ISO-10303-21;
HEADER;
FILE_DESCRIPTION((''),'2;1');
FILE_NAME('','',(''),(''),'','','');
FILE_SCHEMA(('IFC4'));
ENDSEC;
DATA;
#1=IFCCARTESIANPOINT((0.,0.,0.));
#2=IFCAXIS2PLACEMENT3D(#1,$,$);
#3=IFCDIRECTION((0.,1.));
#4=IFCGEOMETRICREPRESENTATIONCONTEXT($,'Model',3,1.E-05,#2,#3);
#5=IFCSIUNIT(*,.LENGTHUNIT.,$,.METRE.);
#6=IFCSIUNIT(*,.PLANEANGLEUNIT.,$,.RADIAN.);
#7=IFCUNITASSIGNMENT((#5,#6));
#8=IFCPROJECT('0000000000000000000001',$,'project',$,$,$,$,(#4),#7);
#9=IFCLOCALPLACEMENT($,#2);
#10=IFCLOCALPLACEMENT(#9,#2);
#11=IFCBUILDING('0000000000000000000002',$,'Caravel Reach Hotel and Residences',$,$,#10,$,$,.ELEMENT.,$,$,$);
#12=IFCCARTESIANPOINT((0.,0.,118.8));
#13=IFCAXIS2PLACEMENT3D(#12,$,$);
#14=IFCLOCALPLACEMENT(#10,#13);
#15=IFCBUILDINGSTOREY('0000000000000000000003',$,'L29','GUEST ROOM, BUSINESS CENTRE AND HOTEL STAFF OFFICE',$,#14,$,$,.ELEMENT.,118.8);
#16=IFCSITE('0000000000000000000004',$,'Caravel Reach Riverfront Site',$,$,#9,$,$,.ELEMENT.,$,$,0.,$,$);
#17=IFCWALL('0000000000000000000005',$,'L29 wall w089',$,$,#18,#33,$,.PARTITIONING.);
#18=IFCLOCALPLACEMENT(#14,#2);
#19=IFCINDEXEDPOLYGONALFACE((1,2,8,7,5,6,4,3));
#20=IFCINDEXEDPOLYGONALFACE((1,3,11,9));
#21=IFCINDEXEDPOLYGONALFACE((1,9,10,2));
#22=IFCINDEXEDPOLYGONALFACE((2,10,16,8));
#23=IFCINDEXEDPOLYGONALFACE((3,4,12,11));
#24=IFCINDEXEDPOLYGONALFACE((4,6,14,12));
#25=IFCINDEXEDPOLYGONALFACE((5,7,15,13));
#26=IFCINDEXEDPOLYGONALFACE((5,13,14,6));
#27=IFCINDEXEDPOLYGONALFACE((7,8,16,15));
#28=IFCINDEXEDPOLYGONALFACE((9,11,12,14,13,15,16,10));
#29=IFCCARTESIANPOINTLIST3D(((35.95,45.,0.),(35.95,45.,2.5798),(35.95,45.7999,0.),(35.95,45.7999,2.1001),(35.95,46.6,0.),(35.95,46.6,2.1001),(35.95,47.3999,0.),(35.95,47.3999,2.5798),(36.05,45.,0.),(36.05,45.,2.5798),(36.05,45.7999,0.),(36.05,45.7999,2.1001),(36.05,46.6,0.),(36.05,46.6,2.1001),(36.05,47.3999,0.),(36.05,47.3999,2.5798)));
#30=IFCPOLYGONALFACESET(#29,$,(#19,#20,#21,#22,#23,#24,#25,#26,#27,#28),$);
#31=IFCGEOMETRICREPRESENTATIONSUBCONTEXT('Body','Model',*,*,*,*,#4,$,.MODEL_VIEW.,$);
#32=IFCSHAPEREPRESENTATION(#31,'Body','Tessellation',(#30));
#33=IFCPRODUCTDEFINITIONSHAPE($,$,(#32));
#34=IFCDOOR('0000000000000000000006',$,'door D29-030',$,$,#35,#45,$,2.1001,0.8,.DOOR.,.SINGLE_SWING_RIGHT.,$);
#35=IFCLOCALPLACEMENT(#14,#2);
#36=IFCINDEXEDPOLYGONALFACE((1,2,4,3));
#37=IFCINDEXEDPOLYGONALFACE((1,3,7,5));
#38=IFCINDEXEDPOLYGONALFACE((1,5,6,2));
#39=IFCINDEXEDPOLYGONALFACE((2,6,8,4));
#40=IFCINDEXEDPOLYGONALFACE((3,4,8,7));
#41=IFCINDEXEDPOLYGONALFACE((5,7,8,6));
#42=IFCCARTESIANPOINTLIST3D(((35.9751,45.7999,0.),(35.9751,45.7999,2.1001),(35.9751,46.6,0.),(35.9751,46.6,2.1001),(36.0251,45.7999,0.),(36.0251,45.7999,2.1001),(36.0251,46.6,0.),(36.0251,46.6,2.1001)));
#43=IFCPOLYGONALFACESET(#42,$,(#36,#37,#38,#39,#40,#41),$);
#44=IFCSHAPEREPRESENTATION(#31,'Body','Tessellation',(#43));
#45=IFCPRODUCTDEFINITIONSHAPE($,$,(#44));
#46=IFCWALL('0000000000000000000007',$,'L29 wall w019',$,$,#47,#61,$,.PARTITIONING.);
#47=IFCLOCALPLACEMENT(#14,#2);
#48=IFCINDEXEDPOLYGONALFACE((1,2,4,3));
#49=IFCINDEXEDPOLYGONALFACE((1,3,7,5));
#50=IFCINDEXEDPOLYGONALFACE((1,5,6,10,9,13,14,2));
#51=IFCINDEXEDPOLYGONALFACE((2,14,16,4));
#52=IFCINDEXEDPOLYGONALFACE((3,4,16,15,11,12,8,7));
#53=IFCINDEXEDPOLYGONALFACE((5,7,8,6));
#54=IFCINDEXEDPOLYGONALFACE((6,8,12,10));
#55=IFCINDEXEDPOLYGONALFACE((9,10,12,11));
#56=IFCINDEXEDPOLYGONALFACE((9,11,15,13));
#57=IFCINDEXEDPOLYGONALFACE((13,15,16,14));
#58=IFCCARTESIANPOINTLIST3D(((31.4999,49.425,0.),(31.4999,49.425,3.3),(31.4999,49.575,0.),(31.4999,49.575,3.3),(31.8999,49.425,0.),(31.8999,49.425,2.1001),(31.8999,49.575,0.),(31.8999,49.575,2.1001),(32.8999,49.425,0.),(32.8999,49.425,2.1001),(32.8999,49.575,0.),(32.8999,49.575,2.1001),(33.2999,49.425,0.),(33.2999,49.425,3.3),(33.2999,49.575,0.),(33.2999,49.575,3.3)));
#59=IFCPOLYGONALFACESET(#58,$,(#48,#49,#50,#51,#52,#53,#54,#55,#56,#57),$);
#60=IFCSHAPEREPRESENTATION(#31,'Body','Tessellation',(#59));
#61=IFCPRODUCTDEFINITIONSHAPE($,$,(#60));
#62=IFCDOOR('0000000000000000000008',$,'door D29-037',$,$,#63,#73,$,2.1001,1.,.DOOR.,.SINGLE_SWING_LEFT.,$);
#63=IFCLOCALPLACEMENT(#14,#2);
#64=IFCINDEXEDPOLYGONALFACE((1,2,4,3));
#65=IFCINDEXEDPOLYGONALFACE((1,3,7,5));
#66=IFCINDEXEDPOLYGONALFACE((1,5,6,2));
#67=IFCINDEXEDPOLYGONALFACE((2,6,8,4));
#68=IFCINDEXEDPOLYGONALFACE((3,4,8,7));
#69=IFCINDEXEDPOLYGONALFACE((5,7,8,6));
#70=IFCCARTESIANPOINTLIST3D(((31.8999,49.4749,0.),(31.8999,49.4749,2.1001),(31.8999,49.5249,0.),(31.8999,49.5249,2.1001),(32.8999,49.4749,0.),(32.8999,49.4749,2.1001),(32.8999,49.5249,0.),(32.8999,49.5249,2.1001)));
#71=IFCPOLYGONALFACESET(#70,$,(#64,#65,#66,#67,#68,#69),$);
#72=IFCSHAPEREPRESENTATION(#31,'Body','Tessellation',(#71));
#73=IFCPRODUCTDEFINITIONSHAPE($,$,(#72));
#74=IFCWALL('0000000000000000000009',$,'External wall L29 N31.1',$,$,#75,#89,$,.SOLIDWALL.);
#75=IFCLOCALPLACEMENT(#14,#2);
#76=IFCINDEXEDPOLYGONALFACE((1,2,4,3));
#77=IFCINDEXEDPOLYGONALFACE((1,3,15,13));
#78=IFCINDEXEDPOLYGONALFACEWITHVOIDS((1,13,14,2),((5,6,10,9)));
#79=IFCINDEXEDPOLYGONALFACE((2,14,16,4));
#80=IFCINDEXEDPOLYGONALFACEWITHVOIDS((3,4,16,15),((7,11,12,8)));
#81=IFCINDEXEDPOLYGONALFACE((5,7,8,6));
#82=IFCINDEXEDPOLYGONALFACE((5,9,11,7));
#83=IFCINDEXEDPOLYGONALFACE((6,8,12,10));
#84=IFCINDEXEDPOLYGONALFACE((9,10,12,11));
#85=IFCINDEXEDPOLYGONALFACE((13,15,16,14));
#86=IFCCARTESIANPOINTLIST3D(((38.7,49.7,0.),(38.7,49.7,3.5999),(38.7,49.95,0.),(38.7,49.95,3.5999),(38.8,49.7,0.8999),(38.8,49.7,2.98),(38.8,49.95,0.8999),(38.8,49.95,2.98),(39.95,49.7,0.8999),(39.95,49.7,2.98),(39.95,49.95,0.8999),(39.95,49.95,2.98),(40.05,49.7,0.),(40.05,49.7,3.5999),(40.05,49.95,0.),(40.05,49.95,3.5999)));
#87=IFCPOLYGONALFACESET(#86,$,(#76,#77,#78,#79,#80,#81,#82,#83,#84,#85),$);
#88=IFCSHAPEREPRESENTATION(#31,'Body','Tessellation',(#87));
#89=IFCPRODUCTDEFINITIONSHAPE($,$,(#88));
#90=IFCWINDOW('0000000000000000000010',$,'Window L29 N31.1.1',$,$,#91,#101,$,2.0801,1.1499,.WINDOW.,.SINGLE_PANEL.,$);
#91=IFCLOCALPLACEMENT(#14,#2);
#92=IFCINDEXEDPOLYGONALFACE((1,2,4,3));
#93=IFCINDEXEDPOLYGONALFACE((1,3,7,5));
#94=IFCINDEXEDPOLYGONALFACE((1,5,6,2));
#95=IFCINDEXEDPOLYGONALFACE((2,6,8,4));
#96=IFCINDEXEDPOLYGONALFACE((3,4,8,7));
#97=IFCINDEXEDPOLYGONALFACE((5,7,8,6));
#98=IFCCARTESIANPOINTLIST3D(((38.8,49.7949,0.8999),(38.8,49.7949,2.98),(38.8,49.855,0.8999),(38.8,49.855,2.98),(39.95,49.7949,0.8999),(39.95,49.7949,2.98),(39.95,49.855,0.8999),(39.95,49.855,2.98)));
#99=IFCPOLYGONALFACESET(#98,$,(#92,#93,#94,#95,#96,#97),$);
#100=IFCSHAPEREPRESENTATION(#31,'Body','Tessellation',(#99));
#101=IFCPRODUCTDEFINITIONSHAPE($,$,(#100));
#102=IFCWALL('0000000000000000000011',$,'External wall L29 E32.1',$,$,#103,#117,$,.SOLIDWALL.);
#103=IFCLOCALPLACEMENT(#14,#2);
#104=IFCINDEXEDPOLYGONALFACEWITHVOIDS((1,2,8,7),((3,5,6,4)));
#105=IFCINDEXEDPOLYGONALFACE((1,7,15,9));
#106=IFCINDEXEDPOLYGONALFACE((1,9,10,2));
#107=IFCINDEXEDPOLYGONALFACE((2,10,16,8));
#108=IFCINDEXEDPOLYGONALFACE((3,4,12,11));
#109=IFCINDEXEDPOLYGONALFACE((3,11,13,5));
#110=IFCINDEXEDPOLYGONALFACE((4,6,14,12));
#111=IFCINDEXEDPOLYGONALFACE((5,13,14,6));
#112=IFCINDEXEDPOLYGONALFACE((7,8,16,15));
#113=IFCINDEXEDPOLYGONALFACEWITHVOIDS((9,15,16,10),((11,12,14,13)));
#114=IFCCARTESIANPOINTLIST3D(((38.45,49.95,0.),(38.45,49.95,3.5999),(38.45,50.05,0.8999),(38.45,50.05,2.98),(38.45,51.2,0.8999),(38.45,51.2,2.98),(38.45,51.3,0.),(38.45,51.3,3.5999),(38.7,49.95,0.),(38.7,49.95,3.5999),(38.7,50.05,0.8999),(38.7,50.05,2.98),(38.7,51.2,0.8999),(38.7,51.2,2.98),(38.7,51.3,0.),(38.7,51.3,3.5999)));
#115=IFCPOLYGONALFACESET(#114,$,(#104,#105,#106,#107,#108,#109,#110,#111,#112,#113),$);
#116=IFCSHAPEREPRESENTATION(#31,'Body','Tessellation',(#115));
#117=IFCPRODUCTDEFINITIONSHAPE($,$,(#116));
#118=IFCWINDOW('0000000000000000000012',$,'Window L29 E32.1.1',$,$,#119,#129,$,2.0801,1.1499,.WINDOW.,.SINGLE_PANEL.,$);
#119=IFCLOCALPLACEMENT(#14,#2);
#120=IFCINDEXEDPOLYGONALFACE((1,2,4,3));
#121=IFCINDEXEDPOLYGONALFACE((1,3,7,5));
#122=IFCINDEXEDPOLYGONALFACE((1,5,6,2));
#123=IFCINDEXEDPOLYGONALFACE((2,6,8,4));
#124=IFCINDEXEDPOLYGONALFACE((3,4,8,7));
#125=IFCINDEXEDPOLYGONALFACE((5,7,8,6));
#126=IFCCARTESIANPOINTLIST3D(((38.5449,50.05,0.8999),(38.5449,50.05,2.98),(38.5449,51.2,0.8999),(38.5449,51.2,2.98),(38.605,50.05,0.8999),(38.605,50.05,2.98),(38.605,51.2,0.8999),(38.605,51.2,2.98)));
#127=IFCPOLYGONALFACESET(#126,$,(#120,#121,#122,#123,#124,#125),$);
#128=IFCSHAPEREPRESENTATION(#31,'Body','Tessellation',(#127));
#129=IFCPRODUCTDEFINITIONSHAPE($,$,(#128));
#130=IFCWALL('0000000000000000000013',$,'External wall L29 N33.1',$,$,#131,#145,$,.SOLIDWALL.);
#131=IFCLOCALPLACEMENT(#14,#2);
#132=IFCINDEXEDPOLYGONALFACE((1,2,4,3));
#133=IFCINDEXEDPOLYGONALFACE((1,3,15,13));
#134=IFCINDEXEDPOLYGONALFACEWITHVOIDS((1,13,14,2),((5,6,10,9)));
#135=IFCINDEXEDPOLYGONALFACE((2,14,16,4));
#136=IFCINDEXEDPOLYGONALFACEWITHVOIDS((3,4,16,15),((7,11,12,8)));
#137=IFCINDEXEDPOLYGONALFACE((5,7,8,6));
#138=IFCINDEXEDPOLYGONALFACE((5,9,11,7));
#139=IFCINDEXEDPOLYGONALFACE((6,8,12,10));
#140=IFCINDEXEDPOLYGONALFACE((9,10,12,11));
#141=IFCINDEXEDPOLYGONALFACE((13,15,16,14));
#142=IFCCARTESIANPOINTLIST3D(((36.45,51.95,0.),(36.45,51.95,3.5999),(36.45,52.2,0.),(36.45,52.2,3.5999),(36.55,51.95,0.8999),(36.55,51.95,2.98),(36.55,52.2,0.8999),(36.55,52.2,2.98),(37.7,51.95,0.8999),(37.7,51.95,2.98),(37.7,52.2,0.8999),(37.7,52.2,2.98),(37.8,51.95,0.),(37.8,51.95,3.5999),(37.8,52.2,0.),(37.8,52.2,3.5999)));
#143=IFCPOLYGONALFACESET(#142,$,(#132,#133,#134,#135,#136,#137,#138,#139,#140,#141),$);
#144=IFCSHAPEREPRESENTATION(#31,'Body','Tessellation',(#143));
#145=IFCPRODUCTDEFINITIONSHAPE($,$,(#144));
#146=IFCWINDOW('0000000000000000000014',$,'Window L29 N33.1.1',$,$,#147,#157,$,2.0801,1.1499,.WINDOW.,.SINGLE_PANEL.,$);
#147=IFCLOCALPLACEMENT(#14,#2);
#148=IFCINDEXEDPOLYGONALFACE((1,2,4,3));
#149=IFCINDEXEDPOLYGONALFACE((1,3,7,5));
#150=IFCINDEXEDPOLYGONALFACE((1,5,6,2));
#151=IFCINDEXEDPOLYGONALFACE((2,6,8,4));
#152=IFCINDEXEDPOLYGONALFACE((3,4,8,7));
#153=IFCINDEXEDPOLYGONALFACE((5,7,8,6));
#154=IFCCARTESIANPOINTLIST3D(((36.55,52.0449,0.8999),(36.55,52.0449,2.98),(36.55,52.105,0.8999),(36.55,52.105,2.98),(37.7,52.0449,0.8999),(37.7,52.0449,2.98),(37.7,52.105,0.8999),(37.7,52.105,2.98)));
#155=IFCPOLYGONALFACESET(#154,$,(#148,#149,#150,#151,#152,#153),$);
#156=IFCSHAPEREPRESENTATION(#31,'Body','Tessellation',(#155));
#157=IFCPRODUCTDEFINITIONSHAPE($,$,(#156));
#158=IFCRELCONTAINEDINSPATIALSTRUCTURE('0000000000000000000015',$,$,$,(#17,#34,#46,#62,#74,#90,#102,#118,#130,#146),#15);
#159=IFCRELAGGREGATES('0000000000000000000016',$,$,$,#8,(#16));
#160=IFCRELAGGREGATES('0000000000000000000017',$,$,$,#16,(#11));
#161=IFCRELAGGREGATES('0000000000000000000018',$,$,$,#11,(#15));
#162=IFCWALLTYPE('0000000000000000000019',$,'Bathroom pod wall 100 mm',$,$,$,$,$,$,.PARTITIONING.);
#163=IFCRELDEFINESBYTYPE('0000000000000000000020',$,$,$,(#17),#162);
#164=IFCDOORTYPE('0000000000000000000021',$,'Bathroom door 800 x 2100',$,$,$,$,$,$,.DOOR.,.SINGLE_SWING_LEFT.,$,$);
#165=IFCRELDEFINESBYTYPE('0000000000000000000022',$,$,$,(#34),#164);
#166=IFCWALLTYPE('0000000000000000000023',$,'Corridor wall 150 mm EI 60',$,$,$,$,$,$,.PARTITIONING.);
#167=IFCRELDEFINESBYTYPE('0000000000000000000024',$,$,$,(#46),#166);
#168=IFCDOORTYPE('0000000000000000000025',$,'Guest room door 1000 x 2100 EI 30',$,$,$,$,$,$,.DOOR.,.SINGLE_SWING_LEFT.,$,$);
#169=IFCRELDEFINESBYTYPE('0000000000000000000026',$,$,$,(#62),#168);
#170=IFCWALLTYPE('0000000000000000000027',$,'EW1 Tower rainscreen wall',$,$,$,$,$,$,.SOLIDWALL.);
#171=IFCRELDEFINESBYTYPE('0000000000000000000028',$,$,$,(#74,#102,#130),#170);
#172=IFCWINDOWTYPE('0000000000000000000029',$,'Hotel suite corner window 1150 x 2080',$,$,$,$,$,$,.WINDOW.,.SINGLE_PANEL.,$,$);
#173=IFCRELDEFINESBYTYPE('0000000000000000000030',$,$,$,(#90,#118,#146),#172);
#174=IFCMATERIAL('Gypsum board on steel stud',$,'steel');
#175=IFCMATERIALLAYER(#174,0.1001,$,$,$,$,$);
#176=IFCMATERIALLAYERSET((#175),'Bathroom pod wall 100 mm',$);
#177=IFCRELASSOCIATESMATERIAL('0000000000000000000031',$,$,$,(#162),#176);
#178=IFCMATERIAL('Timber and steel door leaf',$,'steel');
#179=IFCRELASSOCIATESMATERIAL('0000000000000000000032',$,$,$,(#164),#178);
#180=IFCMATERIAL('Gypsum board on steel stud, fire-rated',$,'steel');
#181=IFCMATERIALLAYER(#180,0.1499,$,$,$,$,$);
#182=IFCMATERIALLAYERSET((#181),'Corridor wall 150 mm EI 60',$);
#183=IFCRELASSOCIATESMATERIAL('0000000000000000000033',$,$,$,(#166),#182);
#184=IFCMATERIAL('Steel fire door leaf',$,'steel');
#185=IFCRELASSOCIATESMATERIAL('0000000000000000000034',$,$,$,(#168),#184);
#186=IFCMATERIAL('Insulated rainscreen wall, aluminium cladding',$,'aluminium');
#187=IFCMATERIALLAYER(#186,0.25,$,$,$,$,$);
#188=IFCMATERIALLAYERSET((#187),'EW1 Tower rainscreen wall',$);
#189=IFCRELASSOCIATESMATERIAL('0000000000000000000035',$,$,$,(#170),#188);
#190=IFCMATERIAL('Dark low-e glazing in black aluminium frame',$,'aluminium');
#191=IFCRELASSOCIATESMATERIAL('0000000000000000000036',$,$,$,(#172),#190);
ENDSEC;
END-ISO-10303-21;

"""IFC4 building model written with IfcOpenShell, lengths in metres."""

from ifc_helpers import new_model, si_unit, direction, frame, frame_2d, origin, place, context, subcontext, project, spatial, rectangle, extrude, material, layer, layer_set, type_object, element, fill, save


model = new_model("IFC4")

# Units and contexts
model_context = context("Model", 3, precision=1e-05, world=origin(), true_north=direction((0.0, 1.0)))
body_context = subcontext(model_context, "Body", "Model", "MODEL_VIEW")
ifc_project = project(units=[si_unit("LENGTHUNIT", "METRE"), si_unit("PLANEANGLEUNIT", "RADIAN")], contexts=[model_context])

# Site, building, storey
site_placement = place(None, origin())
site = spatial("IfcSite", under=ifc_project, at=site_placement, Name="Caravel Reach Riverfront Site", CompositionType="ELEMENT", RefElevation=0.0)
building_placement = place(site_placement, origin())
building = spatial("IfcBuilding", under=site, at=building_placement, Name="Caravel Reach Hotel and Residences", CompositionType="ELEMENT")
storey_placement = place(building_placement, frame((0.0, 0.0, 118.8)))
storey = spatial("IfcBuildingStorey", under=building, at=storey_placement, Name="L29", Description="GUEST ROOM, BUSINESS CENTRE AND HOTEL STAFF OFFICE", CompositionType="ELEMENT", Elevation=118.8)

# Shared definitions
ifc_material_1 = material(Name="Gypsum board on steel stud", Category="steel")
ifc_layer_1 = layer(ifc_material_1, 0.1001)
ifc_layer_set_1 = layer_set([ifc_layer_1], Name="Bathroom pod wall 100 mm")
wall_type_1 = type_object("IfcWallType", Name="Bathroom pod wall 100 mm", PredefinedType="PARTITIONING", material=ifc_layer_set_1)

# Walls, openings, doors
wall_1_placement = place(storey_placement, frame((36.0, 45.0, 0.0), z_axis=(0.0, 0.0, 1.0), x_axis=(0.0, 1.0, 0.0)))
wall_1 = element("IfcWall", 1, at=wall_1_placement, inside=storey, type_object=wall_type_1, Name="L29 wall w089", PredefinedType="PARTITIONING", context=body_context, shape_type="SweptSolid", body=[
    extrude(rectangle(XDim=2.3999, YDim=0.1001, at=frame_2d((1.2, 0.0))), origin(), (0.0, 0.0, 1.0), 2.5798),
])
opening_1_placement = place(wall_1_placement, frame((0.8, 0.0, 0.0)))
opening_1 = element("IfcOpeningElement", 2, at=opening_1_placement, cuts=wall_1, PredefinedType="OPENING", context=body_context, shape_type="SweptSolid", body=[
    extrude(rectangle(XDim=0.8, YDim=2.1001, at=frame_2d((0.3999, 1.05))), frame((0.0, 0.0601, 0.0), z_axis=(0.0, -1.0, 0.0), x_axis=(1.0, 0.0, 0.0)), (0.0, 0.0, 1.0), 0.1201),
])
ifc_material_2 = material(Name="Timber and steel door leaf", Category="steel")
door_type_1 = type_object("IfcDoorType", Name="Bathroom door 800 x 2100", OperationType="SINGLE_SWING_LEFT", PredefinedType="DOOR", material=ifc_material_2)
door_1_placement = place(opening_1_placement, origin())
door_1 = element("IfcDoor", 3, at=door_1_placement, inside=storey, type_object=door_type_1, Name="door D29-030", OperationType="SINGLE_SWING_RIGHT", OverallHeight=2.1001, OverallWidth=0.8, PredefinedType="DOOR", context=body_context, shape_type="SweptSolid", body=[
    extrude(rectangle(XDim=0.8, YDim=2.1001, at=frame_2d((0.3999, 1.05))), frame((0.0, 0.0249, 0.0), z_axis=(0.0, -1.0, 0.0), x_axis=(1.0, 0.0, 0.0)), (0.0, 0.0, 1.0), 0.05),
])
fill(opening_1, door_1)
ifc_material_3 = material(Name="Gypsum board on steel stud, fire-rated", Category="steel")
ifc_layer_2 = layer(ifc_material_3, 0.1499)
ifc_layer_set_2 = layer_set([ifc_layer_2], Name="Corridor wall 150 mm EI 60")
wall_type_2 = type_object("IfcWallType", Name="Corridor wall 150 mm EI 60", PredefinedType="PARTITIONING", material=ifc_layer_set_2)
wall_2_placement = place(storey_placement, frame((31.5, 49.5, 0.0), z_axis=(0.0, 0.0, 1.0), x_axis=(1.0, 0.0, 0.0)))
wall_2 = element("IfcWall", 4, at=wall_2_placement, inside=storey, type_object=wall_type_2, Name="L29 wall w019", PredefinedType="PARTITIONING", context=body_context, shape_type="SweptSolid", body=[
    extrude(rectangle(XDim=1.8, YDim=0.1499, at=frame_2d((0.8999, 0.0))), origin(), (0.0, 0.0, 1.0), 3.3),
])
opening_2_placement = place(wall_2_placement, frame((0.3999, 0.0, 0.0)))
opening_2 = element("IfcOpeningElement", 5, at=opening_2_placement, cuts=wall_2, PredefinedType="OPENING", context=body_context, shape_type="SweptSolid", body=[
    extrude(rectangle(XDim=1.0, YDim=2.1001, at=frame_2d((0.5, 1.05))), frame((0.0, 0.085, 0.0), z_axis=(0.0, -1.0, 0.0), x_axis=(1.0, 0.0, 0.0)), (0.0, 0.0, 1.0), 0.1699),
])
ifc_material_4 = material(Name="Steel fire door leaf", Category="steel")
door_type_2 = type_object("IfcDoorType", Name="Guest room door 1000 x 2100 EI 30", OperationType="SINGLE_SWING_LEFT", PredefinedType="DOOR", material=ifc_material_4)
door_2_placement = place(opening_2_placement, origin())
door_2 = element("IfcDoor", 6, at=door_2_placement, inside=storey, type_object=door_type_2, Name="door D29-037", OperationType="SINGLE_SWING_LEFT", OverallHeight=2.1001, OverallWidth=1.0, PredefinedType="DOOR", context=body_context, shape_type="SweptSolid", body=[
    extrude(rectangle(XDim=1.0, YDim=2.1001, at=frame_2d((0.5, 1.05))), frame((0.0, 0.0249, 0.0), z_axis=(0.0, -1.0, 0.0), x_axis=(1.0, 0.0, 0.0)), (0.0, 0.0, 1.0), 0.05),
])
fill(opening_2, door_2)

# Walls, openings, windows
ifc_material_5 = material(Name="Insulated rainscreen wall, aluminium cladding", Category="aluminium")
ifc_layer_3 = layer(ifc_material_5, 0.25)
ifc_layer_set_3 = layer_set([ifc_layer_3], Name="EW1 Tower rainscreen wall")
wall_type_3 = type_object("IfcWallType", Name="EW1 Tower rainscreen wall", PredefinedType="SOLIDWALL", material=ifc_layer_set_3)
wall_3_placement = place(storey_placement, frame((40.05, 49.825, 0.0), z_axis=(0.0, 0.0, 1.0), x_axis=(-1.0, 0.0, 0.0)))
wall_3 = element("IfcWall", 7, at=wall_3_placement, inside=storey, type_object=wall_type_3, Name="External wall L29 N31.1", PredefinedType="SOLIDWALL", context=body_context, shape_type="SweptSolid", body=[
    extrude(rectangle(XDim=1.3501, YDim=0.25, at=frame_2d((0.675, 0.0))), origin(), (0.0, 0.0, 1.0), 3.5999),
])
opening_3_placement = place(wall_3_placement, frame((0.1001, 0.0, 0.8999)))
opening_3 = element("IfcOpeningElement", 8, at=opening_3_placement, cuts=wall_3, PredefinedType="OPENING", context=body_context, shape_type="SweptSolid", body=[
    extrude(rectangle(XDim=1.1499, YDim=2.0801, at=frame_2d((0.575, 1.04))), frame((0.0, 0.135, 0.0), z_axis=(0.0, -1.0, 0.0), x_axis=(1.0, 0.0, 0.0)), (0.0, 0.0, 1.0), 0.27),
])
ifc_material_6 = material(Name="Dark low-e glazing in black aluminium frame", Category="aluminium")
window_type_1 = type_object("IfcWindowType", Name="Hotel suite corner window 1150 x 2080", PartitioningType="SINGLE_PANEL", PredefinedType="WINDOW", material=ifc_material_6)
window_1_placement = place(opening_3_placement, origin())
window_1 = element("IfcWindow", 9, at=window_1_placement, inside=storey, type_object=window_type_1, Name="Window L29 N31.1.1", OverallHeight=2.0801, OverallWidth=1.1499, PartitioningType="SINGLE_PANEL", PredefinedType="WINDOW", context=body_context, shape_type="SweptSolid", body=[
    extrude(rectangle(XDim=1.1499, YDim=2.0801, at=frame_2d((0.575, 1.04))), frame((0.0, 0.03, 0.0), z_axis=(0.0, -1.0, 0.0), x_axis=(1.0, 0.0, 0.0)), (0.0, 0.0, 1.0), 0.0601),
])
fill(opening_3, window_1)
wall_4_placement = place(storey_placement, frame((38.575, 49.95, 0.0), z_axis=(0.0, 0.0, 1.0), x_axis=(0.0, 1.0, 0.0)))
wall_4 = element("IfcWall", 10, at=wall_4_placement, inside=storey, type_object=wall_type_3, Name="External wall L29 E32.1", PredefinedType="SOLIDWALL", context=body_context, shape_type="SweptSolid", body=[
    extrude(rectangle(XDim=1.3501, YDim=0.25, at=frame_2d((0.675, 0.0))), origin(), (0.0, 0.0, 1.0), 3.5999),
])
opening_4_placement = place(wall_4_placement, frame((0.1001, 0.0, 0.8999)))
opening_4 = element("IfcOpeningElement", 11, at=opening_4_placement, cuts=wall_4, PredefinedType="OPENING", context=body_context, shape_type="SweptSolid", body=[
    extrude(rectangle(XDim=1.1499, YDim=2.0801, at=frame_2d((0.575, 1.04))), frame((0.0, 0.135, 0.0), z_axis=(0.0, -1.0, 0.0), x_axis=(1.0, 0.0, 0.0)), (0.0, 0.0, 1.0), 0.27),
])
window_2_placement = place(opening_4_placement, origin())
window_2 = element("IfcWindow", 12, at=window_2_placement, inside=storey, type_object=window_type_1, Name="Window L29 E32.1.1", OverallHeight=2.0801, OverallWidth=1.1499, PartitioningType="SINGLE_PANEL", PredefinedType="WINDOW", context=body_context, shape_type="SweptSolid", body=[
    extrude(rectangle(XDim=1.1499, YDim=2.0801, at=frame_2d((0.575, 1.04))), frame((0.0, 0.03, 0.0), z_axis=(0.0, -1.0, 0.0), x_axis=(1.0, 0.0, 0.0)), (0.0, 0.0, 1.0), 0.0601),
])
fill(opening_4, window_2)
wall_5_placement = place(storey_placement, frame((37.8, 52.075, 0.0), z_axis=(0.0, 0.0, 1.0), x_axis=(-1.0, 0.0, 0.0)))
wall_5 = element("IfcWall", 13, at=wall_5_placement, inside=storey, type_object=wall_type_3, Name="External wall L29 N33.1", PredefinedType="SOLIDWALL", context=body_context, shape_type="SweptSolid", body=[
    extrude(rectangle(XDim=1.3501, YDim=0.25, at=frame_2d((0.675, 0.0))), origin(), (0.0, 0.0, 1.0), 3.5999),
])
opening_5_placement = place(wall_5_placement, frame((0.1001, 0.0, 0.8999)))
opening_5 = element("IfcOpeningElement", 14, at=opening_5_placement, cuts=wall_5, PredefinedType="OPENING", context=body_context, shape_type="SweptSolid", body=[
    extrude(rectangle(XDim=1.1499, YDim=2.0801, at=frame_2d((0.575, 1.04))), frame((0.0, 0.135, 0.0), z_axis=(0.0, -1.0, 0.0), x_axis=(1.0, 0.0, 0.0)), (0.0, 0.0, 1.0), 0.27),
])
window_3_placement = place(opening_5_placement, origin())
window_3 = element("IfcWindow", 15, at=window_3_placement, inside=storey, type_object=window_type_1, Name="Window L29 N33.1.1", OverallHeight=2.0801, OverallWidth=1.1499, PartitioningType="SINGLE_PANEL", PredefinedType="WINDOW", context=body_context, shape_type="SweptSolid", body=[
    extrude(rectangle(XDim=1.1499, YDim=2.0801, at=frame_2d((0.575, 1.04))), frame((0.0, 0.03, 0.0), z_axis=(0.0, -1.0, 0.0), x_axis=(1.0, 0.0, 0.0)), (0.0, 0.0, 1.0), 0.0601),
])
fill(opening_5, window_3)

save(model, "model.ifc")
